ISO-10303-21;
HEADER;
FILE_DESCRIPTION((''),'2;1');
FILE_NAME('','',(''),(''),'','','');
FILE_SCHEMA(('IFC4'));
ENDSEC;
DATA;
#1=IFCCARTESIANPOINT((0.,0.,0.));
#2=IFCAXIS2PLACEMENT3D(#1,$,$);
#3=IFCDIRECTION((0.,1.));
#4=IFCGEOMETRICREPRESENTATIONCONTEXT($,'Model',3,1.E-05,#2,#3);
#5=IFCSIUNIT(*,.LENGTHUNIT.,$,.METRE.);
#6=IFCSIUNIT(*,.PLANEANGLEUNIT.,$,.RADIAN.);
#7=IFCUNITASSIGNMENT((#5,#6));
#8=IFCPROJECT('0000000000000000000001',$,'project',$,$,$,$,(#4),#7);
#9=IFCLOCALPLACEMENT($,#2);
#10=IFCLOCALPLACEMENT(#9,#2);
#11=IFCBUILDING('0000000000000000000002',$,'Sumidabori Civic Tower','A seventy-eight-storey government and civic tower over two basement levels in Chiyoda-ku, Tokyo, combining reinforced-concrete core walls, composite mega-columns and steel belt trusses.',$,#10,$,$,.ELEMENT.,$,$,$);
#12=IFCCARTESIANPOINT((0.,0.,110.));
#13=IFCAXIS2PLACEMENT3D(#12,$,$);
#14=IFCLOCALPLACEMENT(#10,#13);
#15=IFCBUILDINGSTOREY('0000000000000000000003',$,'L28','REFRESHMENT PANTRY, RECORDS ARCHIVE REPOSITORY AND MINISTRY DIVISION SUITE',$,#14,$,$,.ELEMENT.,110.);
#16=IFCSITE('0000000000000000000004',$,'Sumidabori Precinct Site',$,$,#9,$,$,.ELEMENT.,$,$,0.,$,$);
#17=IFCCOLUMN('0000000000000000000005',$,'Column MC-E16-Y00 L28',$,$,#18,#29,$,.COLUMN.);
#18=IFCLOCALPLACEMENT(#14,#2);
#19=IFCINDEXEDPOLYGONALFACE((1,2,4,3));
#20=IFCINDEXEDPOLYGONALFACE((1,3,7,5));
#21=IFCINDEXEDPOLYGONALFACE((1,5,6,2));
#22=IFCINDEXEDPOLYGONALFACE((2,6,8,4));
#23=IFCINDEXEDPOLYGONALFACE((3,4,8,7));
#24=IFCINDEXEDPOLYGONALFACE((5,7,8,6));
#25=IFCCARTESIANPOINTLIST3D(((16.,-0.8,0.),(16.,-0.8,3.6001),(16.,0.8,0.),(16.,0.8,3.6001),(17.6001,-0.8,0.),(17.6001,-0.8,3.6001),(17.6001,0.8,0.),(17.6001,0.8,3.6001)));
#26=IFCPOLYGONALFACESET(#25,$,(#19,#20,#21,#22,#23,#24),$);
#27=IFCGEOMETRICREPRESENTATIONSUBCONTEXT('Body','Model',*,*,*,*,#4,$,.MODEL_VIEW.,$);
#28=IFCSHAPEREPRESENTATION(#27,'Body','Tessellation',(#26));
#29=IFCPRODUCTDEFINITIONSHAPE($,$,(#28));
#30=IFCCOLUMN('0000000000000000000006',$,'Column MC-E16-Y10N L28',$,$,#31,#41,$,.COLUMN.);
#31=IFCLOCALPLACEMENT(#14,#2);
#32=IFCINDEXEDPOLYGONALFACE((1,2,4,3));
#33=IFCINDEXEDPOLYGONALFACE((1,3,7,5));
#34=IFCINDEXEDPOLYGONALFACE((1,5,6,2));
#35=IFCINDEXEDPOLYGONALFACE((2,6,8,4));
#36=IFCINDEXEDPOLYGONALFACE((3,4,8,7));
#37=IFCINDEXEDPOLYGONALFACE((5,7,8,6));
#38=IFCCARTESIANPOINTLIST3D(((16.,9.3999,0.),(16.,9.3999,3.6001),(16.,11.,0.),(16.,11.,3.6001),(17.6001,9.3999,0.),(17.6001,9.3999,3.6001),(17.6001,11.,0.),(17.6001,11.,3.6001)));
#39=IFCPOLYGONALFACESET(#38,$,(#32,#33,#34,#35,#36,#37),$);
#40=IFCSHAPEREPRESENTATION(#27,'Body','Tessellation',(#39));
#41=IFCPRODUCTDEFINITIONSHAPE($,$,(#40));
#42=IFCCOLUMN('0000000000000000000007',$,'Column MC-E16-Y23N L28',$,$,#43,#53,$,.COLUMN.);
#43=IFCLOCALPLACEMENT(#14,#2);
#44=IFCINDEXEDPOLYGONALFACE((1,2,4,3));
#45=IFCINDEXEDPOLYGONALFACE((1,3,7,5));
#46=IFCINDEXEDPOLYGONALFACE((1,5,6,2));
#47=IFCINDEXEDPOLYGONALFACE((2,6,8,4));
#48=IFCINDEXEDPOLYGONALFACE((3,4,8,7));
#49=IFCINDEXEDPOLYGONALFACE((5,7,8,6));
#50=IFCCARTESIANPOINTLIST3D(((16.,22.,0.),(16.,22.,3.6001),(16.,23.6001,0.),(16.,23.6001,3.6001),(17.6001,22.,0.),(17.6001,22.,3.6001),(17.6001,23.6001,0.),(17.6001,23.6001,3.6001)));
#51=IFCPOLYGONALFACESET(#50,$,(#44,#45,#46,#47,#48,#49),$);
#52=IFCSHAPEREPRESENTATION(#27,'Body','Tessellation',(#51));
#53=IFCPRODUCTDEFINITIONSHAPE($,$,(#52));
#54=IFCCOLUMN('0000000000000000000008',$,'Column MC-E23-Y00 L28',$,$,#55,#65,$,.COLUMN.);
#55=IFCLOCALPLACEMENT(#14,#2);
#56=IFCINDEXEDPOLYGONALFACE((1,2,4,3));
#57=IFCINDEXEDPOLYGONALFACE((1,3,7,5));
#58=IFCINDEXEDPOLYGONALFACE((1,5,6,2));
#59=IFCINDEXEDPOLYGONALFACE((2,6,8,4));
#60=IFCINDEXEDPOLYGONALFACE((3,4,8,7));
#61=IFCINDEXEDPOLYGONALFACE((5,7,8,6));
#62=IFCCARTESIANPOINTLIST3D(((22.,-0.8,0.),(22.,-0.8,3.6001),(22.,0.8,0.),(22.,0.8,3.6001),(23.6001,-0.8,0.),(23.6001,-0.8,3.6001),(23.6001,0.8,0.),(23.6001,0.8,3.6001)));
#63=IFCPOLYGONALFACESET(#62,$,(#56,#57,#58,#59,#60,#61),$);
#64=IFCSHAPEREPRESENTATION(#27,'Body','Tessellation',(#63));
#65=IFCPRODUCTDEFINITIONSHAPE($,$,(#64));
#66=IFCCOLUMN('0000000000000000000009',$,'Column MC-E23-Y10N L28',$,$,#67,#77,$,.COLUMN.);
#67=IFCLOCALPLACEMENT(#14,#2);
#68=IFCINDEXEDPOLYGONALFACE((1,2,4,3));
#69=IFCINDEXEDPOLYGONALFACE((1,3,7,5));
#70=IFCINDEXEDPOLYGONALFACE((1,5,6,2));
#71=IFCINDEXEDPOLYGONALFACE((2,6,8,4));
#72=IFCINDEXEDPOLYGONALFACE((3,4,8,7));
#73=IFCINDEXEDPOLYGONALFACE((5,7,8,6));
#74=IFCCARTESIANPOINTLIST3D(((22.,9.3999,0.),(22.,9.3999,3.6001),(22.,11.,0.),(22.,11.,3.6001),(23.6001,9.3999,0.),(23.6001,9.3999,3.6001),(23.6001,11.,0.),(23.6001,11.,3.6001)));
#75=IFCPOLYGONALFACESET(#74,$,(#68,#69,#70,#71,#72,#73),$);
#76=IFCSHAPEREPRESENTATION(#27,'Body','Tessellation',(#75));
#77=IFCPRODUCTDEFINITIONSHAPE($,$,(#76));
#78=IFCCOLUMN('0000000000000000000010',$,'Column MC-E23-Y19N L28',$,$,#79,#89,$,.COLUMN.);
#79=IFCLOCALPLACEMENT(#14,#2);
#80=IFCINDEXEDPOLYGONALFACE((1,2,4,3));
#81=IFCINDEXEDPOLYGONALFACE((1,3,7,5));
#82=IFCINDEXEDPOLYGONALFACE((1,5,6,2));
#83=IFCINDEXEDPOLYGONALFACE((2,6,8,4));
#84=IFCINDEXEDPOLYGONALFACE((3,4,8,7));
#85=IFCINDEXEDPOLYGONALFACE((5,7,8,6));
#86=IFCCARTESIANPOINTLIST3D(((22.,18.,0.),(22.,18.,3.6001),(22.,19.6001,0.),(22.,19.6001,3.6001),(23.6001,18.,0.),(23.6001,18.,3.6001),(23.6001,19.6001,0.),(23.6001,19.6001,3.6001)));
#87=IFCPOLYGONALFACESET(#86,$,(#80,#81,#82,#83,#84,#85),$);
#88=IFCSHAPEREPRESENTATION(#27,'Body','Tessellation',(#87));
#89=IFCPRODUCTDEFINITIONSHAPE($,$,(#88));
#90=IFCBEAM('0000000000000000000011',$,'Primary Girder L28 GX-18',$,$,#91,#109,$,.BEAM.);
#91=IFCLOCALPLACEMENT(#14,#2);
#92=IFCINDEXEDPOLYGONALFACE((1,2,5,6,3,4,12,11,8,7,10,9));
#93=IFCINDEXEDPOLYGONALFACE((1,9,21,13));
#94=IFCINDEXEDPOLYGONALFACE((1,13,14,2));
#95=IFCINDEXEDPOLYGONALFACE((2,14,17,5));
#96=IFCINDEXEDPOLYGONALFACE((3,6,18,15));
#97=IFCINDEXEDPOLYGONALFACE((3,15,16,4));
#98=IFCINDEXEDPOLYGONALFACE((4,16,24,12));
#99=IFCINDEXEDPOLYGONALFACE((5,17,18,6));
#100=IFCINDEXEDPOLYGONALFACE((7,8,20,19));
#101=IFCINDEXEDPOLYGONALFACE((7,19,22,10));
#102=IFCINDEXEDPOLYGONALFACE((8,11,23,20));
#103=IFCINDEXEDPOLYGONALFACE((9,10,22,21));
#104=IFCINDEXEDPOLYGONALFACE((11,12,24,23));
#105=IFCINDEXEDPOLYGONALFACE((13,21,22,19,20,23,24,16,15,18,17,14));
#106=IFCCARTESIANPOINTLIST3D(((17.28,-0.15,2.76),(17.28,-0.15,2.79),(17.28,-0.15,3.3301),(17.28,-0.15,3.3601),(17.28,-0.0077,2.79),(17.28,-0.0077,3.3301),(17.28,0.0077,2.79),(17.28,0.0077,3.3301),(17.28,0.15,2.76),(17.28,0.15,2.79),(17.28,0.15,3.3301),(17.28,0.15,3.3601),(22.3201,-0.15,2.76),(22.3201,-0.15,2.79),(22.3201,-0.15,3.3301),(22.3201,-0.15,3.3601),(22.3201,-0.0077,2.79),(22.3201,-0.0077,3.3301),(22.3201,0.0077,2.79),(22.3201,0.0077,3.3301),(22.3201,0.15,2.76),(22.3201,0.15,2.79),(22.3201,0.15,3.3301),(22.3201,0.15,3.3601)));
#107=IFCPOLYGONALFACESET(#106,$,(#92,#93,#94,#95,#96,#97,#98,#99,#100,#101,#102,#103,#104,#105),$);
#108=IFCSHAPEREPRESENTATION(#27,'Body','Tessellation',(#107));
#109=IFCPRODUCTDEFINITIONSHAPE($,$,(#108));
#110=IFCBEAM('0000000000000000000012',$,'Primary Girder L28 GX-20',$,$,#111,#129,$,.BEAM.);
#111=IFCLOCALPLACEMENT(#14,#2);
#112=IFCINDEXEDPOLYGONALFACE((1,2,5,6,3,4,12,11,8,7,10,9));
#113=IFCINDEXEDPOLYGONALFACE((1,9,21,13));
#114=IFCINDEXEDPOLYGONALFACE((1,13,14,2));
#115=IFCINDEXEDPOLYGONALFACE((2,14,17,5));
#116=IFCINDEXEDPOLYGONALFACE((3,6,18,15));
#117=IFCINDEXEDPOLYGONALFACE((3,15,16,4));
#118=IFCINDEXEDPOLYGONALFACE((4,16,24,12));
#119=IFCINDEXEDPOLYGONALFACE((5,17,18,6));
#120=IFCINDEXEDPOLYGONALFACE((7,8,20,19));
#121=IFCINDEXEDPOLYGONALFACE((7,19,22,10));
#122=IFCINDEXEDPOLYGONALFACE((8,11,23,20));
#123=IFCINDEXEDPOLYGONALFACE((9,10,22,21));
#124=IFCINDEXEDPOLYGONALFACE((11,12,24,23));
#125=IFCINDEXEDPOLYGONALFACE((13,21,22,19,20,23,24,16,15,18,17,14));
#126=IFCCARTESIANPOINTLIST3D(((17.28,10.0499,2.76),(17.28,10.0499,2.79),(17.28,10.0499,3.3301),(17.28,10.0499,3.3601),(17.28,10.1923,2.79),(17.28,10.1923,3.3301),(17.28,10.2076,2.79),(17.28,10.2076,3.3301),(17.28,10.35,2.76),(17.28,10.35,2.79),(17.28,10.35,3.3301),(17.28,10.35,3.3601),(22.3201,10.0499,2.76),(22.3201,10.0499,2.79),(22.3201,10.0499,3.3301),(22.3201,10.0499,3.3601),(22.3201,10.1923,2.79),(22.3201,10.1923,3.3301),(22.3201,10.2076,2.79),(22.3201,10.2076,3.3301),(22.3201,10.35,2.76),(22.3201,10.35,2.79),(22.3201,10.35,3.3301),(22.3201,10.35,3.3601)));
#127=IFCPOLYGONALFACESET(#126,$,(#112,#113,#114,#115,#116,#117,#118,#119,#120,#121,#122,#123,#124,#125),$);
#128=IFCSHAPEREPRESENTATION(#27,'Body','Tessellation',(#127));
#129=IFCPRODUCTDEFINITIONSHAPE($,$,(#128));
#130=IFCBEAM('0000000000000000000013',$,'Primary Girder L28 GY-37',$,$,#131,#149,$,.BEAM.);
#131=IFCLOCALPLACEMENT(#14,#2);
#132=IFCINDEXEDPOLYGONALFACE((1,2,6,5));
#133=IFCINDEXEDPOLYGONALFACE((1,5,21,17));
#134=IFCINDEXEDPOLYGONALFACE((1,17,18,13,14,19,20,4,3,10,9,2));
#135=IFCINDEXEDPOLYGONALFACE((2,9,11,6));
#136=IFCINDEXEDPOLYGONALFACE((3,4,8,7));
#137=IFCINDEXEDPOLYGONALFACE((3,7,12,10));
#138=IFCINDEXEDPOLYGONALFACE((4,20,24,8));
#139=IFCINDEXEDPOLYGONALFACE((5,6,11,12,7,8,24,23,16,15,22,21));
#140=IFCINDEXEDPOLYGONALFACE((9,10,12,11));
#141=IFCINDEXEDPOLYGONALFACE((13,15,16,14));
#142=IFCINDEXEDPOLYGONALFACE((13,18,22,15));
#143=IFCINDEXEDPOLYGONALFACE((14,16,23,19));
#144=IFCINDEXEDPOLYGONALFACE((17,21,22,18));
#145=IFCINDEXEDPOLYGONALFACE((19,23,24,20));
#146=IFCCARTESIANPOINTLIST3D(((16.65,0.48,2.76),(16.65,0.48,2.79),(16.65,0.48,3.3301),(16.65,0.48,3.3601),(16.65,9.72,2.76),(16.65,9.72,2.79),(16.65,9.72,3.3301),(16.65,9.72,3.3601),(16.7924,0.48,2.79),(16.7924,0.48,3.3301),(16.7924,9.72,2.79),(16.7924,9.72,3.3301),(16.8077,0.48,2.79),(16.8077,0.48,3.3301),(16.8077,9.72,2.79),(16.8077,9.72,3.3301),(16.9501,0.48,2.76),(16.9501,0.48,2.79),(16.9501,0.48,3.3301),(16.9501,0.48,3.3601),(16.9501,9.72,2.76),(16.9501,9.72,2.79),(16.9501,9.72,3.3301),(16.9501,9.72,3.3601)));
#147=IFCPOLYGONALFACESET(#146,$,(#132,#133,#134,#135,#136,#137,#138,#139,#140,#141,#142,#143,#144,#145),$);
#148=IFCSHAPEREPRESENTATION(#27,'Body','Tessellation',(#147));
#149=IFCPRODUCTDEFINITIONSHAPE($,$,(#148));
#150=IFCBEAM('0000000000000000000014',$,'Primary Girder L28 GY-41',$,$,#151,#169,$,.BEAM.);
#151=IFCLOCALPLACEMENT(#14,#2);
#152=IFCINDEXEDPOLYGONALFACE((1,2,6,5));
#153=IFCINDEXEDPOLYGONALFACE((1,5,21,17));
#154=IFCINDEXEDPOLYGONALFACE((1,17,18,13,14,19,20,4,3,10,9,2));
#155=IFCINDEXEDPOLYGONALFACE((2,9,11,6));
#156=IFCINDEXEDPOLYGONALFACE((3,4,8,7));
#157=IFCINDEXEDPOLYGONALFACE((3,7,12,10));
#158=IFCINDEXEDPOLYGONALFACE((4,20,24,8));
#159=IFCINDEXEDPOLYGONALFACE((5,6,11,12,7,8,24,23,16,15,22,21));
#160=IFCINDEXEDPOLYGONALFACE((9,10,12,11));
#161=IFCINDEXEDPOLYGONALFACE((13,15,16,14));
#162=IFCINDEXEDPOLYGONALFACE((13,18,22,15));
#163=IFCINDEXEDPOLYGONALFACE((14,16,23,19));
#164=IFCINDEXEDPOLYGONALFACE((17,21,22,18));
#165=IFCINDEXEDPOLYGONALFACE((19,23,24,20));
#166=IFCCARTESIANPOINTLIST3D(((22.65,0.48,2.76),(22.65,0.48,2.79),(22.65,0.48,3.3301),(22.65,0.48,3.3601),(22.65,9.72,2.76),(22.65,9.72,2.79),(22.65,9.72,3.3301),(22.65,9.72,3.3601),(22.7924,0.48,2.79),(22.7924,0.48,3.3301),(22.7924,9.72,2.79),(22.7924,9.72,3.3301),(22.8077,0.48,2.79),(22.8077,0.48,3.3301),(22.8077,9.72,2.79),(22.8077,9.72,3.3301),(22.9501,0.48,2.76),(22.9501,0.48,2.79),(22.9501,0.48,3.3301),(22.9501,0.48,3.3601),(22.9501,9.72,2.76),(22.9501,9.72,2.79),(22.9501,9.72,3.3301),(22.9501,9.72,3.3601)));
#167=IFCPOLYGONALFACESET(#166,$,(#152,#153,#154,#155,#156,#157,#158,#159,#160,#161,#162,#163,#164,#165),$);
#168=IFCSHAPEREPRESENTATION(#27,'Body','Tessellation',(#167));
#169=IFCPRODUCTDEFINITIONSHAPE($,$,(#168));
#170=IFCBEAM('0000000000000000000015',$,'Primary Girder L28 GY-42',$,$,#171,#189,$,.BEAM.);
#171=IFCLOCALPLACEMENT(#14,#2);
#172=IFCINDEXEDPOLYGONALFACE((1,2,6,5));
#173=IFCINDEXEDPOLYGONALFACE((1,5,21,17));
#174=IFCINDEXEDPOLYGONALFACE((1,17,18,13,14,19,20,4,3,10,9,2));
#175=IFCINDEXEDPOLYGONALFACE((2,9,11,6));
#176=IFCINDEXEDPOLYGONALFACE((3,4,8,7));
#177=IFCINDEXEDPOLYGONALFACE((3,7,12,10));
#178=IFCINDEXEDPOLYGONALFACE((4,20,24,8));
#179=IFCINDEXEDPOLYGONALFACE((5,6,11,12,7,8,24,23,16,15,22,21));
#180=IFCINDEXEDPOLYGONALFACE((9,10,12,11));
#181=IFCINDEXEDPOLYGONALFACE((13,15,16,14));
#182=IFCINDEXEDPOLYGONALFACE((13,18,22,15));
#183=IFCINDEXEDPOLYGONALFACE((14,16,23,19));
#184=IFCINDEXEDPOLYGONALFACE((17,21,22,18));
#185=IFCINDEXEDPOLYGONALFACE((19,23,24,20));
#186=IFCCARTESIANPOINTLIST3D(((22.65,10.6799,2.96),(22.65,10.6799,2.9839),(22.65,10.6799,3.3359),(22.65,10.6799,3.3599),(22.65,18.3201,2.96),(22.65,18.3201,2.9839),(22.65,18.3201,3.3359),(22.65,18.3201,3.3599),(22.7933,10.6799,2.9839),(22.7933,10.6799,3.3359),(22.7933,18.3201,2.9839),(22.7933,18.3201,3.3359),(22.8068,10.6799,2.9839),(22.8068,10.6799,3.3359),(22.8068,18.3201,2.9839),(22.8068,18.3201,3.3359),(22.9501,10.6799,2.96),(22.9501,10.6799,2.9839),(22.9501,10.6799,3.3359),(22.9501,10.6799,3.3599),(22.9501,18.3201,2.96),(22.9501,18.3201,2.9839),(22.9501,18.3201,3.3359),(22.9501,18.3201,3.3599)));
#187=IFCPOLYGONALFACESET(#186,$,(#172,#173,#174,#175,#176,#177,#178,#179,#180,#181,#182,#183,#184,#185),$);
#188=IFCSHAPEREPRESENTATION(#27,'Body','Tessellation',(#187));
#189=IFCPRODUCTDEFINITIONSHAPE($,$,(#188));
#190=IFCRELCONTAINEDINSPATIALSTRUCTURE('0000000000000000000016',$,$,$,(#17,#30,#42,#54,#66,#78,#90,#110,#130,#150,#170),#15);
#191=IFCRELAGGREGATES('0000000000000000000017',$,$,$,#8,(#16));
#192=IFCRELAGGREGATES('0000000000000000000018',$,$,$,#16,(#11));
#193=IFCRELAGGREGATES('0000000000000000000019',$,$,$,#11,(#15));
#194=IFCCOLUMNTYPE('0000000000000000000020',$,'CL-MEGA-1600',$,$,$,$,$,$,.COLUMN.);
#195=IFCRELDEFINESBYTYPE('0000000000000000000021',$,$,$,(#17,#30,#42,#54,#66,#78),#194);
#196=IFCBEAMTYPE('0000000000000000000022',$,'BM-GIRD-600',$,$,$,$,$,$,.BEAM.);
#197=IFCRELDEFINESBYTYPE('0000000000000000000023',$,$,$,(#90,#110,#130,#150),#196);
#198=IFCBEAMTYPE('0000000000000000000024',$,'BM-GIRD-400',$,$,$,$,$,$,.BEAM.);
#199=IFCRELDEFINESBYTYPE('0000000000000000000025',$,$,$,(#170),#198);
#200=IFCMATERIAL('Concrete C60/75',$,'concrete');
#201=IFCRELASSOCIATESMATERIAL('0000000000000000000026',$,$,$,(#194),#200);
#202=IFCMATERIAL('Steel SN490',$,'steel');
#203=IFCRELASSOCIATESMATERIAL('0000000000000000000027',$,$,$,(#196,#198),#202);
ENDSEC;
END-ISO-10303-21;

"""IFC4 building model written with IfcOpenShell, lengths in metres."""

from ifc_helpers import new_model, si_unit, direction, frame, origin, origin_2d, place, context, subcontext, project, spatial, rectangle, i_section, extrude, source, transform, mapped, material, material_profile, profile_set, type_object, element, save


model = new_model("IFC4")

# Units and contexts
model_context = context("Model", 3, precision=1e-05, world=origin(), true_north=direction((0.0, 1.0)))
body_context = subcontext(model_context, "Body", "Model", "MODEL_VIEW")
ifc_project = project(units=[si_unit("LENGTHUNIT", "METRE"), si_unit("PLANEANGLEUNIT", "RADIAN")], contexts=[model_context])

# Site, building, storey
site_placement = place(None, origin())
site = spatial("IfcSite", under=ifc_project, at=site_placement, Name="Sumidabori Precinct Site", CompositionType="ELEMENT", RefElevation=0.0)
building_placement = place(site_placement, origin())
building = spatial("IfcBuilding", under=site, at=building_placement, Name="Sumidabori Civic Tower", Description="A seventy-eight-storey government and civic tower over two basement levels in Chiyoda-ku, Tokyo, combining reinforced-concrete core walls, composite mega-columns and steel belt trusses.", CompositionType="ELEMENT")
storey_placement = place(building_placement, frame((0.0, 0.0, 110.0)))
storey = spatial("IfcBuildingStorey", under=building, at=storey_placement, Name="L28", Description="REFRESHMENT PANTRY, RECORDS ARCHIVE REPOSITORY AND MINISTRY DIVISION SUITE", CompositionType="ELEMENT", Elevation=110.0)

# Columns
ifc_material_1 = material(Name="Concrete C60/75", Category="concrete")
ifc_material_profile_1 = material_profile(ifc_material_1, rectangle(XDim=1.6001, YDim=1.6001, at=origin_2d()), Name="RC 1600x1600")
ifc_profile_set_1 = profile_set([ifc_material_profile_1], Name="Concrete C60/75")
column_type = type_object("IfcColumnType", Name="CL-MEGA-1600", PredefinedType="COLUMN", material=ifc_profile_set_1)
shared_shape_1 = source(origin(), body_context, "Body", "SweptSolid", [
    extrude(rectangle(XDim=1.6001, YDim=1.6001, at=origin_2d()), origin(), (0.0, 0.0, 1.0), 3.6001),
])
for number, where, z_axis, x_axis, name in (
    (1, (16.8, 0.0, 0.0), (0.0, 0.0, 1.0), (1.0, 0.0, 0.0), "Column MC-E16-Y00 L28"),
    (2, (16.8, 10.2, 0.0), (0.0, 0.0, 1.0), (1.0, 0.0, 0.0), "Column MC-E16-Y10N L28"),
    (3, (16.8, 22.8, 0.0), (0.0, 0.0, 1.0), (1.0, 0.0, 0.0), "Column MC-E16-Y23N L28"),
    (4, (22.8, 0.0, 0.0), (0.0, 0.0, 1.0), (1.0, 0.0, 0.0), "Column MC-E23-Y00 L28"),
    (5, (22.8, 10.2, 0.0), (0.0, 0.0, 1.0), (1.0, 0.0, 0.0), "Column MC-E23-Y10N L28"),
    (6, (22.8, 18.8, 0.0), (0.0, 0.0, 1.0), (1.0, 0.0, 0.0), "Column MC-E23-Y19N L28"),
):
    element("IfcColumn", number, at=place(storey_placement, frame(where, z_axis=z_axis, x_axis=x_axis)), inside=storey, type_object=column_type, Name=name, PredefinedType="COLUMN", context=body_context, shape_type="MappedRepresentation", body=[
        mapped(shared_shape_1, transform((0.0, 0.0, 0.0), x_axis=(1.0, 0.0, 0.0), y_axis=(0.0, 1.0, 0.0), z_axis=(0.0, 0.0, 1.0), scale=1.0)),
    ])

# Beams
ifc_material_2 = material(Name="Steel SN490", Category="steel")
ifc_material_profile_2 = material_profile(ifc_material_2, i_section(OverallWidth=0.3, OverallDepth=0.6001, WebThickness=0.0154, FlangeThickness=0.03, at=origin_2d()), Name="HE 600 B")
ifc_profile_set_2 = profile_set([ifc_material_profile_2], Name="Steel SN490")
beam_type_1 = type_object("IfcBeamType", Name="BM-GIRD-600", PredefinedType="BEAM", material=ifc_profile_set_2)
shared_shape_2 = source(origin(), body_context, "Body", "SweptSolid", [
    extrude(i_section(OverallWidth=0.3, OverallDepth=0.6001, WebThickness=0.0154, FlangeThickness=0.03, at=origin_2d()), origin(), (0.0, 0.0, 1.0), 5.04),
])
for number, where, z_axis, x_axis, name in (
    (7, (17.28, 0.0, 3.0601), (1.0, 0.0, 0.0), (0.0, 1.0, 0.0), "Primary Girder L28 GX-18"),
    (8, (17.28, 10.2, 3.0601), (1.0, 0.0, 0.0), (0.0, 1.0, 0.0), "Primary Girder L28 GX-20"),
):
    element("IfcBeam", number, at=place(storey_placement, frame(where, z_axis=z_axis, x_axis=x_axis)), inside=storey, type_object=beam_type_1, Name=name, PredefinedType="BEAM", context=body_context, shape_type="MappedRepresentation", body=[
        mapped(shared_shape_2, transform((0.0, 0.0, 0.0), x_axis=(1.0, 0.0, 0.0), y_axis=(0.0, 1.0, 0.0), z_axis=(0.0, 0.0, 1.0), scale=1.0)),
    ])
shared_shape_3 = source(origin(), body_context, "Body", "SweptSolid", [
    extrude(i_section(OverallWidth=0.3, OverallDepth=0.6001, WebThickness=0.0154, FlangeThickness=0.03, at=origin_2d()), origin(), (0.0, 0.0, 1.0), 9.24),
])
for number, where, z_axis, x_axis, name in (
    (9, (16.8, 0.48, 3.0601), (0.0, 1.0, 0.0), (-1.0, 0.0, 0.0), "Primary Girder L28 GY-37"),
    (10, (22.8, 0.48, 3.0601), (0.0, 1.0, 0.0), (-1.0, 0.0, 0.0), "Primary Girder L28 GY-41"),
):
    element("IfcBeam", number, at=place(storey_placement, frame(where, z_axis=z_axis, x_axis=x_axis)), inside=storey, type_object=beam_type_1, Name=name, PredefinedType="BEAM", context=body_context, shape_type="MappedRepresentation", body=[
        mapped(shared_shape_3, transform((0.0, 0.0, 0.0), x_axis=(1.0, 0.0, 0.0), y_axis=(0.0, 1.0, 0.0), z_axis=(0.0, 0.0, 1.0), scale=1.0)),
    ])
ifc_material_profile_3 = material_profile(ifc_material_2, i_section(OverallWidth=0.3, OverallDepth=0.3999, WebThickness=0.0134, FlangeThickness=0.0239, at=origin_2d()), Name="HE 400 B")
ifc_profile_set_3 = profile_set([ifc_material_profile_3], Name="Steel SN490")
beam_type_2 = type_object("IfcBeamType", Name="BM-GIRD-400", PredefinedType="BEAM", material=ifc_profile_set_3)
shared_shape_4 = source(origin(), body_context, "Body", "SweptSolid", [
    extrude(i_section(OverallWidth=0.3, OverallDepth=0.3999, WebThickness=0.0134, FlangeThickness=0.0239, at=origin_2d()), origin(), (0.0, 0.0, 1.0), 7.6401),
])
beam_1_placement = place(storey_placement, frame((22.8, 10.6799, 3.1599), z_axis=(0.0, 1.0, 0.0), x_axis=(-1.0, 0.0, 0.0)))
element("IfcBeam", 11, at=beam_1_placement, inside=storey, type_object=beam_type_2, Name="Primary Girder L28 GY-42", PredefinedType="BEAM", context=body_context, shape_type="MappedRepresentation", body=[
    mapped(shared_shape_4, transform((0.0, 0.0, 0.0), x_axis=(1.0, 0.0, 0.0), y_axis=(0.0, 1.0, 0.0), z_axis=(0.0, 0.0, 1.0), scale=1.0)),
])

save(model, "model.ifc")
